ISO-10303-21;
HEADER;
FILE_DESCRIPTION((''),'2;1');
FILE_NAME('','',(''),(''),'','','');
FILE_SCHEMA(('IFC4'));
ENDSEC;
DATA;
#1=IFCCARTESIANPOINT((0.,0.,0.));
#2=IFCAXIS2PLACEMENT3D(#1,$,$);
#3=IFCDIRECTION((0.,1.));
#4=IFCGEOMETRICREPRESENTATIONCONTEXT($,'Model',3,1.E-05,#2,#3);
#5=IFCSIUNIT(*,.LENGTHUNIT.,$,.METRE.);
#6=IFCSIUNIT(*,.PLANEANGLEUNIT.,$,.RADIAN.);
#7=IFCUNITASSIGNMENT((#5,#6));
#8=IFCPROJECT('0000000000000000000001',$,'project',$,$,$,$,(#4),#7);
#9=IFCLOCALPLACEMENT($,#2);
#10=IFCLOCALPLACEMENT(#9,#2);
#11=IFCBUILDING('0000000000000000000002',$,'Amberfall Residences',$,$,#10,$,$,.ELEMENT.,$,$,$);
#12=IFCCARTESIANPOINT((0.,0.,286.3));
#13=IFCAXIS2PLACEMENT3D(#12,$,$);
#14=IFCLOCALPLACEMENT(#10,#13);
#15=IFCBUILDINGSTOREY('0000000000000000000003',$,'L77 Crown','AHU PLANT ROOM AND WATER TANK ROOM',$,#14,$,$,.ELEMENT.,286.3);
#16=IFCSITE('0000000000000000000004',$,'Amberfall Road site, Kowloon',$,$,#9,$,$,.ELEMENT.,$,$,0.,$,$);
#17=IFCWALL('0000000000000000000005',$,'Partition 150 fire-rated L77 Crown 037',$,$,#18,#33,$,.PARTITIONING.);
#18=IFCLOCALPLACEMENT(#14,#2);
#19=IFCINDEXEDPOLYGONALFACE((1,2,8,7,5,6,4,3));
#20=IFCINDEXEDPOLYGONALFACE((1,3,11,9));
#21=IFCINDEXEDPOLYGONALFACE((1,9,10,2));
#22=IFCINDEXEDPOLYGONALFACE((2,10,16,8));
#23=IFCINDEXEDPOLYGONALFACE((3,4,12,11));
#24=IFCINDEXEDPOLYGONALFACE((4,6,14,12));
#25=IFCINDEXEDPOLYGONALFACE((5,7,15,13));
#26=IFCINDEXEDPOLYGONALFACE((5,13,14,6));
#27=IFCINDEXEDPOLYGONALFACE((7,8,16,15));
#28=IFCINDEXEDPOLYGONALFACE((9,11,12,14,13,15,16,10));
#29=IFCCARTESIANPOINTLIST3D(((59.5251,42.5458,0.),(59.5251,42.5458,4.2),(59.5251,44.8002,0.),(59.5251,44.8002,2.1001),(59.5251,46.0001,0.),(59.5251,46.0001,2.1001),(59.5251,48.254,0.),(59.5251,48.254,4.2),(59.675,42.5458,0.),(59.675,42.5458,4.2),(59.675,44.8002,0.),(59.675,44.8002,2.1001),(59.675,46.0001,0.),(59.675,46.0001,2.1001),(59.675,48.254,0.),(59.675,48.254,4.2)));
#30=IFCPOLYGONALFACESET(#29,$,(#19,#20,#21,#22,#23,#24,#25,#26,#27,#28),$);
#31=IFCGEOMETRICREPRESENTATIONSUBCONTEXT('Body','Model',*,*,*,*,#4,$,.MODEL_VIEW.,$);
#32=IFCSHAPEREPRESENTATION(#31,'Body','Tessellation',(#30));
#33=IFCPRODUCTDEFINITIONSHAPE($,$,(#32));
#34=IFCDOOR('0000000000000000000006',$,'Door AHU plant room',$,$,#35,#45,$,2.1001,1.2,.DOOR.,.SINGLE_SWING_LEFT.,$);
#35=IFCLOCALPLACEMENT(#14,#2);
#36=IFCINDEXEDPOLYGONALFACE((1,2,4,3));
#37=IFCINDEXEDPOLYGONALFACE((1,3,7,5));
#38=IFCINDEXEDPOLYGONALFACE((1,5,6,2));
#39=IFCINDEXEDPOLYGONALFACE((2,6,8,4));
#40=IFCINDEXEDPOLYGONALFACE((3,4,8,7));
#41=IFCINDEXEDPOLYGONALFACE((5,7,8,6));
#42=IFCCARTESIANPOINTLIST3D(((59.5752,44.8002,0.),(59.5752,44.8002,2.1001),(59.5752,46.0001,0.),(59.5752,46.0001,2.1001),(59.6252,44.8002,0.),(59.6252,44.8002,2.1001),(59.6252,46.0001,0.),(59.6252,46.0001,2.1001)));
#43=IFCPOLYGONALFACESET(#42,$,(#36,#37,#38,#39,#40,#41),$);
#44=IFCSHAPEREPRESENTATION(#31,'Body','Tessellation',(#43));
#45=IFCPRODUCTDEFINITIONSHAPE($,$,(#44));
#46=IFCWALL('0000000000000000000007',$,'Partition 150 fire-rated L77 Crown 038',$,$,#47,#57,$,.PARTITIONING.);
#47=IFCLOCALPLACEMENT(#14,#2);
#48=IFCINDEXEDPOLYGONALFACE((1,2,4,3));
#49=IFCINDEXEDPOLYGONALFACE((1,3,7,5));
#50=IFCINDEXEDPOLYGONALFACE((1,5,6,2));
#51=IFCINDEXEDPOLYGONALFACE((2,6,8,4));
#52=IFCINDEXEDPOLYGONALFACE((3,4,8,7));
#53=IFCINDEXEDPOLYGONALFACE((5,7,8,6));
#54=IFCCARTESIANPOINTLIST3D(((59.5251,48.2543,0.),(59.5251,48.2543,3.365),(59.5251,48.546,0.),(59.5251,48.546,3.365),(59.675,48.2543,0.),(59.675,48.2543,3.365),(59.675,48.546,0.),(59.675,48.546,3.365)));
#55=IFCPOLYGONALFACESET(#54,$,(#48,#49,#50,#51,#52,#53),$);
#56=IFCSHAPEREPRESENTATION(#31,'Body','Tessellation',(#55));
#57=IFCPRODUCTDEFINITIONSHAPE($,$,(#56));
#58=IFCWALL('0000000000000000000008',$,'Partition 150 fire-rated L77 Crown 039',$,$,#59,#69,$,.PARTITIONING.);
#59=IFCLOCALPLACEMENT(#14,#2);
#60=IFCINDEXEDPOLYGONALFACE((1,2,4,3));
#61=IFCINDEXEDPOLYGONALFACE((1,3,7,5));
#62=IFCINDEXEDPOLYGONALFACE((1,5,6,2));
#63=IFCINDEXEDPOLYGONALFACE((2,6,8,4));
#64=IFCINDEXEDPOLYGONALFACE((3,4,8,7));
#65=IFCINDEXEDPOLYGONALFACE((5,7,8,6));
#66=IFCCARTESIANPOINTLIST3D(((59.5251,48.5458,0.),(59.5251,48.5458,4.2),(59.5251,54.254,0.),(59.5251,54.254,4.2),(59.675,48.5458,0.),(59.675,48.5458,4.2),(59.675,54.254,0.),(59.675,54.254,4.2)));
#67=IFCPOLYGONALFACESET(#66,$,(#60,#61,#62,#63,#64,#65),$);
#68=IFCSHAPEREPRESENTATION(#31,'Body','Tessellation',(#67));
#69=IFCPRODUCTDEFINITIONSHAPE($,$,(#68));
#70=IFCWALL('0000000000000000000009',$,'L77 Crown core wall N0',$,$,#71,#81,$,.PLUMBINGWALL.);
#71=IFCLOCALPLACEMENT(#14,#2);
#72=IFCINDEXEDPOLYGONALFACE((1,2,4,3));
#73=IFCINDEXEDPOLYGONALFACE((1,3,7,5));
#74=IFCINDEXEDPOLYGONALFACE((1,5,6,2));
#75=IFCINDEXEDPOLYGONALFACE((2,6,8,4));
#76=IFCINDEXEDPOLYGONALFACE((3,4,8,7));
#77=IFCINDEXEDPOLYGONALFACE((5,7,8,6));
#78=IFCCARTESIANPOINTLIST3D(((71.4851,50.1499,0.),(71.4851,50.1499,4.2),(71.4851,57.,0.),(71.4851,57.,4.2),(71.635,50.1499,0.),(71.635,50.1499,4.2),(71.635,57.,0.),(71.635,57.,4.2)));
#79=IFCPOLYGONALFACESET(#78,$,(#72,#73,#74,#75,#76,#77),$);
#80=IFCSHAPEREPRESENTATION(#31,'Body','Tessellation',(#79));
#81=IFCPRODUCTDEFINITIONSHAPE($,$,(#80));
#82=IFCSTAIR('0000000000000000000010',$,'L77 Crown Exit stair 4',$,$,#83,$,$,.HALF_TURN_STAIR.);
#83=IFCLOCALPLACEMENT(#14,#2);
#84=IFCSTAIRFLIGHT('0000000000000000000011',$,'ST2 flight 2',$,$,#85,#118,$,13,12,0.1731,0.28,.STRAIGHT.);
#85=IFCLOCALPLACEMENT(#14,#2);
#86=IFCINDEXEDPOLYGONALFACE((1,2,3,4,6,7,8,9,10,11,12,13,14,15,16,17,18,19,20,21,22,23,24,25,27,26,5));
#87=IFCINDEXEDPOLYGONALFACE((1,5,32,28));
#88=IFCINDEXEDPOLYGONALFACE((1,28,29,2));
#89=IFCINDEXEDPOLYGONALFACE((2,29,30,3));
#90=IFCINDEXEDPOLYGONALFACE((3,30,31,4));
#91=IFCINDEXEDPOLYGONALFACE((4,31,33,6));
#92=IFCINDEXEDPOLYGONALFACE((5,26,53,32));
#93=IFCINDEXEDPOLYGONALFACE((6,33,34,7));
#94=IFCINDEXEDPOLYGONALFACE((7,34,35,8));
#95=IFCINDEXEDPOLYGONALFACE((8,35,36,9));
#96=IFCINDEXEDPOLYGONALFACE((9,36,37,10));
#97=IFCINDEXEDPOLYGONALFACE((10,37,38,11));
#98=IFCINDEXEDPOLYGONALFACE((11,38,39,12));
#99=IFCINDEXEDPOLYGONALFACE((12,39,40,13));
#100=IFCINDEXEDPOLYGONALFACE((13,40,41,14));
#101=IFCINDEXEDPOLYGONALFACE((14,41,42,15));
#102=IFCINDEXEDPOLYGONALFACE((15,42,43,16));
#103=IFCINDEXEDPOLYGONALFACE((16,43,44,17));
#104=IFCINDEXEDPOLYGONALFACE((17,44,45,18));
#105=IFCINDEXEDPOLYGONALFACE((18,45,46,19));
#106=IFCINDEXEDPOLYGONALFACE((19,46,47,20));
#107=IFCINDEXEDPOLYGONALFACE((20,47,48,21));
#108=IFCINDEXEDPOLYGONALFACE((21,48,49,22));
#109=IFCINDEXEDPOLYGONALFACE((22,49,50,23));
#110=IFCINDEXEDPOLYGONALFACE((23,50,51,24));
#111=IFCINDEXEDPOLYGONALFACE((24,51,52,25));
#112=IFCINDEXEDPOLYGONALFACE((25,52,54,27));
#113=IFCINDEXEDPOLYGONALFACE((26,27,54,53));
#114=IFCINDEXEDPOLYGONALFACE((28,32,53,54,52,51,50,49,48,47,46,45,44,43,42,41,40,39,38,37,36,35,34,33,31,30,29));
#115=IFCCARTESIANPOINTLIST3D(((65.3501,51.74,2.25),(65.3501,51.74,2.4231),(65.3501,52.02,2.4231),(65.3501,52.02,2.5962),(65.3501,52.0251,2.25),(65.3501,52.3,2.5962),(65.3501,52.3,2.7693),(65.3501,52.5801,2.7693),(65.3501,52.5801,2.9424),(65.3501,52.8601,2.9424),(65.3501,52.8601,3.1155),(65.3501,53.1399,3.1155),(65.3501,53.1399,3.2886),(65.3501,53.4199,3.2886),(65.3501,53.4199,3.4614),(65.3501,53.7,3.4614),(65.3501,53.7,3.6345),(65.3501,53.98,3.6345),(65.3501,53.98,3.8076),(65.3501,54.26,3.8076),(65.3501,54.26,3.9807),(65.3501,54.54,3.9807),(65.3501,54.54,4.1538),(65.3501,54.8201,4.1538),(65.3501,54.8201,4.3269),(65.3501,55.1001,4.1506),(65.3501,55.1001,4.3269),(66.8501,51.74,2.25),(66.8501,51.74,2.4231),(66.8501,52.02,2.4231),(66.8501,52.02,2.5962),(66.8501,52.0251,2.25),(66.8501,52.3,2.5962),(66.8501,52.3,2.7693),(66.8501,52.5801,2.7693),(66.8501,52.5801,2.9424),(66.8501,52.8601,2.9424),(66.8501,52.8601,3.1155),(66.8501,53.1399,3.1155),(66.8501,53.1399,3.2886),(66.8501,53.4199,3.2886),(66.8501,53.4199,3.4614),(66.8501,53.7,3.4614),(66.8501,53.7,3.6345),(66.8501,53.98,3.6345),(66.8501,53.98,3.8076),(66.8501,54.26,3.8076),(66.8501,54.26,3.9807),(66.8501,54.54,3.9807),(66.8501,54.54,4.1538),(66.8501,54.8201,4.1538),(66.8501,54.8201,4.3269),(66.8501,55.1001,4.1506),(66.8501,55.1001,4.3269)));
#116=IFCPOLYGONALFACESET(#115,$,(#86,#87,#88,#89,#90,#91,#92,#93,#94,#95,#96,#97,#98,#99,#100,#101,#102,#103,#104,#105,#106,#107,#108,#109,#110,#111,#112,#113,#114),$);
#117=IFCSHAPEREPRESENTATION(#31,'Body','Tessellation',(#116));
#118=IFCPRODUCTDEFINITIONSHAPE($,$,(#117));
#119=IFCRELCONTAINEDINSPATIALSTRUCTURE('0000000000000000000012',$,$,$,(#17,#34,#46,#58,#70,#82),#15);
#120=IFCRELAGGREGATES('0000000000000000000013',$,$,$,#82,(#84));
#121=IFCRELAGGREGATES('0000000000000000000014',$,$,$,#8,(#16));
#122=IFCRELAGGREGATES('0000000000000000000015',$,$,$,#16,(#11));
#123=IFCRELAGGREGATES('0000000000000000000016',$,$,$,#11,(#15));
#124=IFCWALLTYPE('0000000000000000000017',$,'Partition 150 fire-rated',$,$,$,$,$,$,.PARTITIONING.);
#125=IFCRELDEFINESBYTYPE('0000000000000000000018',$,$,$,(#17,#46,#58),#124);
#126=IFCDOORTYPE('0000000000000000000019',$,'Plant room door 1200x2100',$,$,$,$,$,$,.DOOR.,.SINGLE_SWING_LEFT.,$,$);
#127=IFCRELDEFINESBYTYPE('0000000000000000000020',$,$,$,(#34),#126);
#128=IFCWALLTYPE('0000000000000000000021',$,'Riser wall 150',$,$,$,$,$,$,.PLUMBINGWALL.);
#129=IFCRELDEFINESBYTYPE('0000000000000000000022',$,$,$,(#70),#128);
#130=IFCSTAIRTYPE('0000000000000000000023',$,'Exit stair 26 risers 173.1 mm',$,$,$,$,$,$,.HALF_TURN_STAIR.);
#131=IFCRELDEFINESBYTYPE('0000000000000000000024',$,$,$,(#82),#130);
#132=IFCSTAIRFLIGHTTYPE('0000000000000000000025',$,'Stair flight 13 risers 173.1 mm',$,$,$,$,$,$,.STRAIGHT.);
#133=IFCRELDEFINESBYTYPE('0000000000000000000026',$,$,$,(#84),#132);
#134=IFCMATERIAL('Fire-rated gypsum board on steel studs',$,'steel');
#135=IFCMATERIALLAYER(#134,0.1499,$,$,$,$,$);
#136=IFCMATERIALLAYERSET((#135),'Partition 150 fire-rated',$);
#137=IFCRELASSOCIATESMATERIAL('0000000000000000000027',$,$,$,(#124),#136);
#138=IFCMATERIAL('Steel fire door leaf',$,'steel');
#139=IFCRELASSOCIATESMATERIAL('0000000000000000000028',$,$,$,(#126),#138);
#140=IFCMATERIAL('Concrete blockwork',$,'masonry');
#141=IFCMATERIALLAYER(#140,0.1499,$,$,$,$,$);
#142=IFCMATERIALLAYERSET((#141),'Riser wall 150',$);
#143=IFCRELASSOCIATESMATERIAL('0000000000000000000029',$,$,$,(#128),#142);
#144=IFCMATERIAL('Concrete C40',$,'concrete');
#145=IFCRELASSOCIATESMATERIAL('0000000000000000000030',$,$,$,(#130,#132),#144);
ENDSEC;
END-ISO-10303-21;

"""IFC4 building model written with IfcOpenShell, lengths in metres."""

from ifc_helpers import new_model, si_unit, direction, frame, frame_2d, origin, place, context, subcontext, project, spatial, polyline, rectangle, outline, extrude, material, layer, layer_set, type_object, element, fill, aggregate, save


model = new_model("IFC4")

# Units and contexts
model_context = context("Model", 3, precision=1e-05, world=origin(), true_north=direction((0.0, 1.0)))
body_context = subcontext(model_context, "Body", "Model", "MODEL_VIEW")
ifc_project = project(units=[si_unit("LENGTHUNIT", "METRE"), si_unit("PLANEANGLEUNIT", "RADIAN")], contexts=[model_context])

# Site, building, storey
site_placement = place(None, origin())
site = spatial("IfcSite", under=ifc_project, at=site_placement, Name="Amberfall Road site, Kowloon", CompositionType="ELEMENT", RefElevation=0.0)
building_placement = place(site_placement, origin())
building = spatial("IfcBuilding", under=site, at=building_placement, Name="Amberfall Residences", CompositionType="ELEMENT")
storey_placement = place(building_placement, frame((0.0, 0.0, 286.3)))
storey = spatial("IfcBuildingStorey", under=building, at=storey_placement, Name="L77 Crown", Description="AHU PLANT ROOM AND WATER TANK ROOM", CompositionType="ELEMENT", Elevation=286.3)

# Wall, opening, door
ifc_material_1 = material(Name="Fire-rated gypsum board on steel studs", Category="steel")
ifc_layer_1 = layer(ifc_material_1, 0.1499)
ifc_layer_set_1 = layer_set([ifc_layer_1], Name="Partition 150 fire-rated")
wall_type_1 = type_object("IfcWallType", Name="Partition 150 fire-rated", PredefinedType="PARTITIONING", material=ifc_layer_set_1)
wall_1_placement = place(storey_placement, frame((59.6001, 42.5459, 0.0), z_axis=(0.0, 0.0, 1.0), x_axis=(0.0, 1.0, 0.0)))
wall_1 = element("IfcWall", 1, at=wall_1_placement, inside=storey, type_object=wall_type_1, Name="Partition 150 fire-rated L77 Crown 037", PredefinedType="PARTITIONING", context=body_context, shape_type="SweptSolid", body=[
    extrude(rectangle(XDim=5.7083, YDim=0.1499, at=frame_2d((2.854, 0.0))), origin(), (0.0, 0.0, 1.0), 4.2),
])
opening_1_placement = place(wall_1_placement, frame((2.2542, 0.0, 0.0)))
opening_1 = element("IfcOpeningElement", 2, at=opening_1_placement, cuts=wall_1, PredefinedType="OPENING", context=body_context, shape_type="SweptSolid", body=[
    extrude(rectangle(XDim=1.2, YDim=2.1001, at=frame_2d((0.6001, 1.05))), frame((0.0, 0.085, 0.0), z_axis=(0.0, -1.0, 0.0), x_axis=(1.0, 0.0, 0.0)), (0.0, 0.0, 1.0), 0.1699),
])
ifc_material_2 = material(Name="Steel fire door leaf", Category="steel")
door_type_1 = type_object("IfcDoorType", Name="Plant room door 1200x2100", OperationType="SINGLE_SWING_LEFT", PredefinedType="DOOR", material=ifc_material_2)
door_1_placement = place(opening_1_placement, origin())
door_1 = element("IfcDoor", 3, at=door_1_placement, inside=storey, type_object=door_type_1, Name="Door AHU plant room", OperationType="SINGLE_SWING_LEFT", OverallHeight=2.1001, OverallWidth=1.2, PredefinedType="DOOR", context=body_context, shape_type="SweptSolid", body=[
    extrude(rectangle(XDim=1.2, YDim=2.1001, at=frame_2d((0.6001, 1.05))), frame((0.0, 0.0249, 0.0), z_axis=(0.0, -1.0, 0.0), x_axis=(1.0, 0.0, 0.0)), (0.0, 0.0, 1.0), 0.05),
])
fill(opening_1, door_1)

# Walls
wall_2_placement = place(storey_placement, frame((59.6001, 48.2542, 0.0), z_axis=(0.0, 0.0, 1.0), x_axis=(0.0, 1.0, 0.0)))
element("IfcWall", 4, at=wall_2_placement, inside=storey, type_object=wall_type_1, Name="Partition 150 fire-rated L77 Crown 038", PredefinedType="PARTITIONING", context=body_context, shape_type="SweptSolid", body=[
    extrude(rectangle(XDim=0.2917, YDim=0.1499, at=frame_2d((0.146, 0.0))), origin(), (0.0, 0.0, 1.0), 3.365),
])
wall_3_placement = place(storey_placement, frame((59.6001, 48.5459, 0.0), z_axis=(0.0, 0.0, 1.0), x_axis=(0.0, 1.0, 0.0)))
element("IfcWall", 5, at=wall_3_placement, inside=storey, type_object=wall_type_1, Name="Partition 150 fire-rated L77 Crown 039", PredefinedType="PARTITIONING", context=body_context, shape_type="SweptSolid", body=[
    extrude(rectangle(XDim=5.7083, YDim=0.1499, at=frame_2d((2.854, 0.0))), origin(), (0.0, 0.0, 1.0), 4.2),
])
ifc_material_3 = material(Name="Concrete blockwork", Category="masonry")
ifc_layer_2 = layer(ifc_material_3, 0.1499)
ifc_layer_set_2 = layer_set([ifc_layer_2], Name="Riser wall 150")
wall_type_2 = type_object("IfcWallType", Name="Riser wall 150", PredefinedType="PLUMBINGWALL", material=ifc_layer_set_2)
wall_4_placement = place(storey_placement, frame((71.5601, 50.1499, 0.0), z_axis=(0.0, 0.0, 1.0), x_axis=(0.0, 1.0, 0.0)))
element("IfcWall", 6, at=wall_4_placement, inside=storey, type_object=wall_type_2, Name="L77 Crown core wall N0", PredefinedType="PLUMBINGWALL", context=body_context, shape_type="SweptSolid", body=[
    extrude(rectangle(XDim=6.8501, YDim=0.1499, at=frame_2d((3.425, 0.0))), origin(), (0.0, 0.0, 1.0), 4.2),
])

# Stair, stair flight
ifc_material_4 = material(Name="Concrete C40", Category="concrete")
stair_type = type_object("IfcStairType", Name="Exit stair 26 risers 173.1 mm", PredefinedType="HALF_TURN_STAIR", material=ifc_material_4)
stair_placement = place(storey_placement, origin())
stair = element("IfcStair", 7, at=stair_placement, inside=storey, type_object=stair_type, Name="L77 Crown Exit stair 4", PredefinedType="HALF_TURN_STAIR")
stair_flight_type = type_object("IfcStairFlightType", Name="Stair flight 13 risers 173.1 mm", PredefinedType="STRAIGHT", material=ifc_material_4)
stair_flight_placement = place(storey_placement, frame((66.1001, 51.74, 2.25), z_axis=(0.0, 0.0, 1.0), x_axis=(0.0, 1.0, 0.0)))
stair_flight = element("IfcStairFlight", 8, at=stair_flight_placement, type_object=stair_flight_type, Name="ST2 flight 2", NumberOfRisers=13, NumberOfTreads=12, PredefinedType="STRAIGHT", RiserHeight=0.1731, TreadLength=0.28, context=body_context, shape_type="SweptSolid", body=[
    extrude(outline(polyline([(0.0, 0.0), (0.0, 0.1731), (0.28, 0.1731), (0.28, 0.3462), (0.5601, 0.3462), (0.5601, 0.5193), (0.8401, 0.5193), (0.8401, 0.6924), (1.1201, 0.6924), (1.1201, 0.8655), (1.3999, 0.8655), (1.3999, 1.0386), (1.6799, 1.0386), (1.6799, 1.2114), (1.96, 1.2114), (1.96, 1.3845), (2.24, 1.3845), (2.24, 1.5576), (2.52, 1.5576), (2.52, 1.7307), (2.8, 1.7307), (2.8, 1.9038), (3.0801, 1.9038), (3.0801, 2.0769), (3.3601, 2.0769), (3.3601, 2.25), (3.3601, 1.9006), (0.2852, 0.0), (0.0, 0.0)])), frame((0.0, 0.75, 0.0), z_axis=(0.0, -1.0, 0.0), x_axis=(1.0, 0.0, 0.0)), (0.0, 0.0, 1.0), 1.5),
])
aggregate(stair, [stair_flight])

save(model, "model.ifc")
